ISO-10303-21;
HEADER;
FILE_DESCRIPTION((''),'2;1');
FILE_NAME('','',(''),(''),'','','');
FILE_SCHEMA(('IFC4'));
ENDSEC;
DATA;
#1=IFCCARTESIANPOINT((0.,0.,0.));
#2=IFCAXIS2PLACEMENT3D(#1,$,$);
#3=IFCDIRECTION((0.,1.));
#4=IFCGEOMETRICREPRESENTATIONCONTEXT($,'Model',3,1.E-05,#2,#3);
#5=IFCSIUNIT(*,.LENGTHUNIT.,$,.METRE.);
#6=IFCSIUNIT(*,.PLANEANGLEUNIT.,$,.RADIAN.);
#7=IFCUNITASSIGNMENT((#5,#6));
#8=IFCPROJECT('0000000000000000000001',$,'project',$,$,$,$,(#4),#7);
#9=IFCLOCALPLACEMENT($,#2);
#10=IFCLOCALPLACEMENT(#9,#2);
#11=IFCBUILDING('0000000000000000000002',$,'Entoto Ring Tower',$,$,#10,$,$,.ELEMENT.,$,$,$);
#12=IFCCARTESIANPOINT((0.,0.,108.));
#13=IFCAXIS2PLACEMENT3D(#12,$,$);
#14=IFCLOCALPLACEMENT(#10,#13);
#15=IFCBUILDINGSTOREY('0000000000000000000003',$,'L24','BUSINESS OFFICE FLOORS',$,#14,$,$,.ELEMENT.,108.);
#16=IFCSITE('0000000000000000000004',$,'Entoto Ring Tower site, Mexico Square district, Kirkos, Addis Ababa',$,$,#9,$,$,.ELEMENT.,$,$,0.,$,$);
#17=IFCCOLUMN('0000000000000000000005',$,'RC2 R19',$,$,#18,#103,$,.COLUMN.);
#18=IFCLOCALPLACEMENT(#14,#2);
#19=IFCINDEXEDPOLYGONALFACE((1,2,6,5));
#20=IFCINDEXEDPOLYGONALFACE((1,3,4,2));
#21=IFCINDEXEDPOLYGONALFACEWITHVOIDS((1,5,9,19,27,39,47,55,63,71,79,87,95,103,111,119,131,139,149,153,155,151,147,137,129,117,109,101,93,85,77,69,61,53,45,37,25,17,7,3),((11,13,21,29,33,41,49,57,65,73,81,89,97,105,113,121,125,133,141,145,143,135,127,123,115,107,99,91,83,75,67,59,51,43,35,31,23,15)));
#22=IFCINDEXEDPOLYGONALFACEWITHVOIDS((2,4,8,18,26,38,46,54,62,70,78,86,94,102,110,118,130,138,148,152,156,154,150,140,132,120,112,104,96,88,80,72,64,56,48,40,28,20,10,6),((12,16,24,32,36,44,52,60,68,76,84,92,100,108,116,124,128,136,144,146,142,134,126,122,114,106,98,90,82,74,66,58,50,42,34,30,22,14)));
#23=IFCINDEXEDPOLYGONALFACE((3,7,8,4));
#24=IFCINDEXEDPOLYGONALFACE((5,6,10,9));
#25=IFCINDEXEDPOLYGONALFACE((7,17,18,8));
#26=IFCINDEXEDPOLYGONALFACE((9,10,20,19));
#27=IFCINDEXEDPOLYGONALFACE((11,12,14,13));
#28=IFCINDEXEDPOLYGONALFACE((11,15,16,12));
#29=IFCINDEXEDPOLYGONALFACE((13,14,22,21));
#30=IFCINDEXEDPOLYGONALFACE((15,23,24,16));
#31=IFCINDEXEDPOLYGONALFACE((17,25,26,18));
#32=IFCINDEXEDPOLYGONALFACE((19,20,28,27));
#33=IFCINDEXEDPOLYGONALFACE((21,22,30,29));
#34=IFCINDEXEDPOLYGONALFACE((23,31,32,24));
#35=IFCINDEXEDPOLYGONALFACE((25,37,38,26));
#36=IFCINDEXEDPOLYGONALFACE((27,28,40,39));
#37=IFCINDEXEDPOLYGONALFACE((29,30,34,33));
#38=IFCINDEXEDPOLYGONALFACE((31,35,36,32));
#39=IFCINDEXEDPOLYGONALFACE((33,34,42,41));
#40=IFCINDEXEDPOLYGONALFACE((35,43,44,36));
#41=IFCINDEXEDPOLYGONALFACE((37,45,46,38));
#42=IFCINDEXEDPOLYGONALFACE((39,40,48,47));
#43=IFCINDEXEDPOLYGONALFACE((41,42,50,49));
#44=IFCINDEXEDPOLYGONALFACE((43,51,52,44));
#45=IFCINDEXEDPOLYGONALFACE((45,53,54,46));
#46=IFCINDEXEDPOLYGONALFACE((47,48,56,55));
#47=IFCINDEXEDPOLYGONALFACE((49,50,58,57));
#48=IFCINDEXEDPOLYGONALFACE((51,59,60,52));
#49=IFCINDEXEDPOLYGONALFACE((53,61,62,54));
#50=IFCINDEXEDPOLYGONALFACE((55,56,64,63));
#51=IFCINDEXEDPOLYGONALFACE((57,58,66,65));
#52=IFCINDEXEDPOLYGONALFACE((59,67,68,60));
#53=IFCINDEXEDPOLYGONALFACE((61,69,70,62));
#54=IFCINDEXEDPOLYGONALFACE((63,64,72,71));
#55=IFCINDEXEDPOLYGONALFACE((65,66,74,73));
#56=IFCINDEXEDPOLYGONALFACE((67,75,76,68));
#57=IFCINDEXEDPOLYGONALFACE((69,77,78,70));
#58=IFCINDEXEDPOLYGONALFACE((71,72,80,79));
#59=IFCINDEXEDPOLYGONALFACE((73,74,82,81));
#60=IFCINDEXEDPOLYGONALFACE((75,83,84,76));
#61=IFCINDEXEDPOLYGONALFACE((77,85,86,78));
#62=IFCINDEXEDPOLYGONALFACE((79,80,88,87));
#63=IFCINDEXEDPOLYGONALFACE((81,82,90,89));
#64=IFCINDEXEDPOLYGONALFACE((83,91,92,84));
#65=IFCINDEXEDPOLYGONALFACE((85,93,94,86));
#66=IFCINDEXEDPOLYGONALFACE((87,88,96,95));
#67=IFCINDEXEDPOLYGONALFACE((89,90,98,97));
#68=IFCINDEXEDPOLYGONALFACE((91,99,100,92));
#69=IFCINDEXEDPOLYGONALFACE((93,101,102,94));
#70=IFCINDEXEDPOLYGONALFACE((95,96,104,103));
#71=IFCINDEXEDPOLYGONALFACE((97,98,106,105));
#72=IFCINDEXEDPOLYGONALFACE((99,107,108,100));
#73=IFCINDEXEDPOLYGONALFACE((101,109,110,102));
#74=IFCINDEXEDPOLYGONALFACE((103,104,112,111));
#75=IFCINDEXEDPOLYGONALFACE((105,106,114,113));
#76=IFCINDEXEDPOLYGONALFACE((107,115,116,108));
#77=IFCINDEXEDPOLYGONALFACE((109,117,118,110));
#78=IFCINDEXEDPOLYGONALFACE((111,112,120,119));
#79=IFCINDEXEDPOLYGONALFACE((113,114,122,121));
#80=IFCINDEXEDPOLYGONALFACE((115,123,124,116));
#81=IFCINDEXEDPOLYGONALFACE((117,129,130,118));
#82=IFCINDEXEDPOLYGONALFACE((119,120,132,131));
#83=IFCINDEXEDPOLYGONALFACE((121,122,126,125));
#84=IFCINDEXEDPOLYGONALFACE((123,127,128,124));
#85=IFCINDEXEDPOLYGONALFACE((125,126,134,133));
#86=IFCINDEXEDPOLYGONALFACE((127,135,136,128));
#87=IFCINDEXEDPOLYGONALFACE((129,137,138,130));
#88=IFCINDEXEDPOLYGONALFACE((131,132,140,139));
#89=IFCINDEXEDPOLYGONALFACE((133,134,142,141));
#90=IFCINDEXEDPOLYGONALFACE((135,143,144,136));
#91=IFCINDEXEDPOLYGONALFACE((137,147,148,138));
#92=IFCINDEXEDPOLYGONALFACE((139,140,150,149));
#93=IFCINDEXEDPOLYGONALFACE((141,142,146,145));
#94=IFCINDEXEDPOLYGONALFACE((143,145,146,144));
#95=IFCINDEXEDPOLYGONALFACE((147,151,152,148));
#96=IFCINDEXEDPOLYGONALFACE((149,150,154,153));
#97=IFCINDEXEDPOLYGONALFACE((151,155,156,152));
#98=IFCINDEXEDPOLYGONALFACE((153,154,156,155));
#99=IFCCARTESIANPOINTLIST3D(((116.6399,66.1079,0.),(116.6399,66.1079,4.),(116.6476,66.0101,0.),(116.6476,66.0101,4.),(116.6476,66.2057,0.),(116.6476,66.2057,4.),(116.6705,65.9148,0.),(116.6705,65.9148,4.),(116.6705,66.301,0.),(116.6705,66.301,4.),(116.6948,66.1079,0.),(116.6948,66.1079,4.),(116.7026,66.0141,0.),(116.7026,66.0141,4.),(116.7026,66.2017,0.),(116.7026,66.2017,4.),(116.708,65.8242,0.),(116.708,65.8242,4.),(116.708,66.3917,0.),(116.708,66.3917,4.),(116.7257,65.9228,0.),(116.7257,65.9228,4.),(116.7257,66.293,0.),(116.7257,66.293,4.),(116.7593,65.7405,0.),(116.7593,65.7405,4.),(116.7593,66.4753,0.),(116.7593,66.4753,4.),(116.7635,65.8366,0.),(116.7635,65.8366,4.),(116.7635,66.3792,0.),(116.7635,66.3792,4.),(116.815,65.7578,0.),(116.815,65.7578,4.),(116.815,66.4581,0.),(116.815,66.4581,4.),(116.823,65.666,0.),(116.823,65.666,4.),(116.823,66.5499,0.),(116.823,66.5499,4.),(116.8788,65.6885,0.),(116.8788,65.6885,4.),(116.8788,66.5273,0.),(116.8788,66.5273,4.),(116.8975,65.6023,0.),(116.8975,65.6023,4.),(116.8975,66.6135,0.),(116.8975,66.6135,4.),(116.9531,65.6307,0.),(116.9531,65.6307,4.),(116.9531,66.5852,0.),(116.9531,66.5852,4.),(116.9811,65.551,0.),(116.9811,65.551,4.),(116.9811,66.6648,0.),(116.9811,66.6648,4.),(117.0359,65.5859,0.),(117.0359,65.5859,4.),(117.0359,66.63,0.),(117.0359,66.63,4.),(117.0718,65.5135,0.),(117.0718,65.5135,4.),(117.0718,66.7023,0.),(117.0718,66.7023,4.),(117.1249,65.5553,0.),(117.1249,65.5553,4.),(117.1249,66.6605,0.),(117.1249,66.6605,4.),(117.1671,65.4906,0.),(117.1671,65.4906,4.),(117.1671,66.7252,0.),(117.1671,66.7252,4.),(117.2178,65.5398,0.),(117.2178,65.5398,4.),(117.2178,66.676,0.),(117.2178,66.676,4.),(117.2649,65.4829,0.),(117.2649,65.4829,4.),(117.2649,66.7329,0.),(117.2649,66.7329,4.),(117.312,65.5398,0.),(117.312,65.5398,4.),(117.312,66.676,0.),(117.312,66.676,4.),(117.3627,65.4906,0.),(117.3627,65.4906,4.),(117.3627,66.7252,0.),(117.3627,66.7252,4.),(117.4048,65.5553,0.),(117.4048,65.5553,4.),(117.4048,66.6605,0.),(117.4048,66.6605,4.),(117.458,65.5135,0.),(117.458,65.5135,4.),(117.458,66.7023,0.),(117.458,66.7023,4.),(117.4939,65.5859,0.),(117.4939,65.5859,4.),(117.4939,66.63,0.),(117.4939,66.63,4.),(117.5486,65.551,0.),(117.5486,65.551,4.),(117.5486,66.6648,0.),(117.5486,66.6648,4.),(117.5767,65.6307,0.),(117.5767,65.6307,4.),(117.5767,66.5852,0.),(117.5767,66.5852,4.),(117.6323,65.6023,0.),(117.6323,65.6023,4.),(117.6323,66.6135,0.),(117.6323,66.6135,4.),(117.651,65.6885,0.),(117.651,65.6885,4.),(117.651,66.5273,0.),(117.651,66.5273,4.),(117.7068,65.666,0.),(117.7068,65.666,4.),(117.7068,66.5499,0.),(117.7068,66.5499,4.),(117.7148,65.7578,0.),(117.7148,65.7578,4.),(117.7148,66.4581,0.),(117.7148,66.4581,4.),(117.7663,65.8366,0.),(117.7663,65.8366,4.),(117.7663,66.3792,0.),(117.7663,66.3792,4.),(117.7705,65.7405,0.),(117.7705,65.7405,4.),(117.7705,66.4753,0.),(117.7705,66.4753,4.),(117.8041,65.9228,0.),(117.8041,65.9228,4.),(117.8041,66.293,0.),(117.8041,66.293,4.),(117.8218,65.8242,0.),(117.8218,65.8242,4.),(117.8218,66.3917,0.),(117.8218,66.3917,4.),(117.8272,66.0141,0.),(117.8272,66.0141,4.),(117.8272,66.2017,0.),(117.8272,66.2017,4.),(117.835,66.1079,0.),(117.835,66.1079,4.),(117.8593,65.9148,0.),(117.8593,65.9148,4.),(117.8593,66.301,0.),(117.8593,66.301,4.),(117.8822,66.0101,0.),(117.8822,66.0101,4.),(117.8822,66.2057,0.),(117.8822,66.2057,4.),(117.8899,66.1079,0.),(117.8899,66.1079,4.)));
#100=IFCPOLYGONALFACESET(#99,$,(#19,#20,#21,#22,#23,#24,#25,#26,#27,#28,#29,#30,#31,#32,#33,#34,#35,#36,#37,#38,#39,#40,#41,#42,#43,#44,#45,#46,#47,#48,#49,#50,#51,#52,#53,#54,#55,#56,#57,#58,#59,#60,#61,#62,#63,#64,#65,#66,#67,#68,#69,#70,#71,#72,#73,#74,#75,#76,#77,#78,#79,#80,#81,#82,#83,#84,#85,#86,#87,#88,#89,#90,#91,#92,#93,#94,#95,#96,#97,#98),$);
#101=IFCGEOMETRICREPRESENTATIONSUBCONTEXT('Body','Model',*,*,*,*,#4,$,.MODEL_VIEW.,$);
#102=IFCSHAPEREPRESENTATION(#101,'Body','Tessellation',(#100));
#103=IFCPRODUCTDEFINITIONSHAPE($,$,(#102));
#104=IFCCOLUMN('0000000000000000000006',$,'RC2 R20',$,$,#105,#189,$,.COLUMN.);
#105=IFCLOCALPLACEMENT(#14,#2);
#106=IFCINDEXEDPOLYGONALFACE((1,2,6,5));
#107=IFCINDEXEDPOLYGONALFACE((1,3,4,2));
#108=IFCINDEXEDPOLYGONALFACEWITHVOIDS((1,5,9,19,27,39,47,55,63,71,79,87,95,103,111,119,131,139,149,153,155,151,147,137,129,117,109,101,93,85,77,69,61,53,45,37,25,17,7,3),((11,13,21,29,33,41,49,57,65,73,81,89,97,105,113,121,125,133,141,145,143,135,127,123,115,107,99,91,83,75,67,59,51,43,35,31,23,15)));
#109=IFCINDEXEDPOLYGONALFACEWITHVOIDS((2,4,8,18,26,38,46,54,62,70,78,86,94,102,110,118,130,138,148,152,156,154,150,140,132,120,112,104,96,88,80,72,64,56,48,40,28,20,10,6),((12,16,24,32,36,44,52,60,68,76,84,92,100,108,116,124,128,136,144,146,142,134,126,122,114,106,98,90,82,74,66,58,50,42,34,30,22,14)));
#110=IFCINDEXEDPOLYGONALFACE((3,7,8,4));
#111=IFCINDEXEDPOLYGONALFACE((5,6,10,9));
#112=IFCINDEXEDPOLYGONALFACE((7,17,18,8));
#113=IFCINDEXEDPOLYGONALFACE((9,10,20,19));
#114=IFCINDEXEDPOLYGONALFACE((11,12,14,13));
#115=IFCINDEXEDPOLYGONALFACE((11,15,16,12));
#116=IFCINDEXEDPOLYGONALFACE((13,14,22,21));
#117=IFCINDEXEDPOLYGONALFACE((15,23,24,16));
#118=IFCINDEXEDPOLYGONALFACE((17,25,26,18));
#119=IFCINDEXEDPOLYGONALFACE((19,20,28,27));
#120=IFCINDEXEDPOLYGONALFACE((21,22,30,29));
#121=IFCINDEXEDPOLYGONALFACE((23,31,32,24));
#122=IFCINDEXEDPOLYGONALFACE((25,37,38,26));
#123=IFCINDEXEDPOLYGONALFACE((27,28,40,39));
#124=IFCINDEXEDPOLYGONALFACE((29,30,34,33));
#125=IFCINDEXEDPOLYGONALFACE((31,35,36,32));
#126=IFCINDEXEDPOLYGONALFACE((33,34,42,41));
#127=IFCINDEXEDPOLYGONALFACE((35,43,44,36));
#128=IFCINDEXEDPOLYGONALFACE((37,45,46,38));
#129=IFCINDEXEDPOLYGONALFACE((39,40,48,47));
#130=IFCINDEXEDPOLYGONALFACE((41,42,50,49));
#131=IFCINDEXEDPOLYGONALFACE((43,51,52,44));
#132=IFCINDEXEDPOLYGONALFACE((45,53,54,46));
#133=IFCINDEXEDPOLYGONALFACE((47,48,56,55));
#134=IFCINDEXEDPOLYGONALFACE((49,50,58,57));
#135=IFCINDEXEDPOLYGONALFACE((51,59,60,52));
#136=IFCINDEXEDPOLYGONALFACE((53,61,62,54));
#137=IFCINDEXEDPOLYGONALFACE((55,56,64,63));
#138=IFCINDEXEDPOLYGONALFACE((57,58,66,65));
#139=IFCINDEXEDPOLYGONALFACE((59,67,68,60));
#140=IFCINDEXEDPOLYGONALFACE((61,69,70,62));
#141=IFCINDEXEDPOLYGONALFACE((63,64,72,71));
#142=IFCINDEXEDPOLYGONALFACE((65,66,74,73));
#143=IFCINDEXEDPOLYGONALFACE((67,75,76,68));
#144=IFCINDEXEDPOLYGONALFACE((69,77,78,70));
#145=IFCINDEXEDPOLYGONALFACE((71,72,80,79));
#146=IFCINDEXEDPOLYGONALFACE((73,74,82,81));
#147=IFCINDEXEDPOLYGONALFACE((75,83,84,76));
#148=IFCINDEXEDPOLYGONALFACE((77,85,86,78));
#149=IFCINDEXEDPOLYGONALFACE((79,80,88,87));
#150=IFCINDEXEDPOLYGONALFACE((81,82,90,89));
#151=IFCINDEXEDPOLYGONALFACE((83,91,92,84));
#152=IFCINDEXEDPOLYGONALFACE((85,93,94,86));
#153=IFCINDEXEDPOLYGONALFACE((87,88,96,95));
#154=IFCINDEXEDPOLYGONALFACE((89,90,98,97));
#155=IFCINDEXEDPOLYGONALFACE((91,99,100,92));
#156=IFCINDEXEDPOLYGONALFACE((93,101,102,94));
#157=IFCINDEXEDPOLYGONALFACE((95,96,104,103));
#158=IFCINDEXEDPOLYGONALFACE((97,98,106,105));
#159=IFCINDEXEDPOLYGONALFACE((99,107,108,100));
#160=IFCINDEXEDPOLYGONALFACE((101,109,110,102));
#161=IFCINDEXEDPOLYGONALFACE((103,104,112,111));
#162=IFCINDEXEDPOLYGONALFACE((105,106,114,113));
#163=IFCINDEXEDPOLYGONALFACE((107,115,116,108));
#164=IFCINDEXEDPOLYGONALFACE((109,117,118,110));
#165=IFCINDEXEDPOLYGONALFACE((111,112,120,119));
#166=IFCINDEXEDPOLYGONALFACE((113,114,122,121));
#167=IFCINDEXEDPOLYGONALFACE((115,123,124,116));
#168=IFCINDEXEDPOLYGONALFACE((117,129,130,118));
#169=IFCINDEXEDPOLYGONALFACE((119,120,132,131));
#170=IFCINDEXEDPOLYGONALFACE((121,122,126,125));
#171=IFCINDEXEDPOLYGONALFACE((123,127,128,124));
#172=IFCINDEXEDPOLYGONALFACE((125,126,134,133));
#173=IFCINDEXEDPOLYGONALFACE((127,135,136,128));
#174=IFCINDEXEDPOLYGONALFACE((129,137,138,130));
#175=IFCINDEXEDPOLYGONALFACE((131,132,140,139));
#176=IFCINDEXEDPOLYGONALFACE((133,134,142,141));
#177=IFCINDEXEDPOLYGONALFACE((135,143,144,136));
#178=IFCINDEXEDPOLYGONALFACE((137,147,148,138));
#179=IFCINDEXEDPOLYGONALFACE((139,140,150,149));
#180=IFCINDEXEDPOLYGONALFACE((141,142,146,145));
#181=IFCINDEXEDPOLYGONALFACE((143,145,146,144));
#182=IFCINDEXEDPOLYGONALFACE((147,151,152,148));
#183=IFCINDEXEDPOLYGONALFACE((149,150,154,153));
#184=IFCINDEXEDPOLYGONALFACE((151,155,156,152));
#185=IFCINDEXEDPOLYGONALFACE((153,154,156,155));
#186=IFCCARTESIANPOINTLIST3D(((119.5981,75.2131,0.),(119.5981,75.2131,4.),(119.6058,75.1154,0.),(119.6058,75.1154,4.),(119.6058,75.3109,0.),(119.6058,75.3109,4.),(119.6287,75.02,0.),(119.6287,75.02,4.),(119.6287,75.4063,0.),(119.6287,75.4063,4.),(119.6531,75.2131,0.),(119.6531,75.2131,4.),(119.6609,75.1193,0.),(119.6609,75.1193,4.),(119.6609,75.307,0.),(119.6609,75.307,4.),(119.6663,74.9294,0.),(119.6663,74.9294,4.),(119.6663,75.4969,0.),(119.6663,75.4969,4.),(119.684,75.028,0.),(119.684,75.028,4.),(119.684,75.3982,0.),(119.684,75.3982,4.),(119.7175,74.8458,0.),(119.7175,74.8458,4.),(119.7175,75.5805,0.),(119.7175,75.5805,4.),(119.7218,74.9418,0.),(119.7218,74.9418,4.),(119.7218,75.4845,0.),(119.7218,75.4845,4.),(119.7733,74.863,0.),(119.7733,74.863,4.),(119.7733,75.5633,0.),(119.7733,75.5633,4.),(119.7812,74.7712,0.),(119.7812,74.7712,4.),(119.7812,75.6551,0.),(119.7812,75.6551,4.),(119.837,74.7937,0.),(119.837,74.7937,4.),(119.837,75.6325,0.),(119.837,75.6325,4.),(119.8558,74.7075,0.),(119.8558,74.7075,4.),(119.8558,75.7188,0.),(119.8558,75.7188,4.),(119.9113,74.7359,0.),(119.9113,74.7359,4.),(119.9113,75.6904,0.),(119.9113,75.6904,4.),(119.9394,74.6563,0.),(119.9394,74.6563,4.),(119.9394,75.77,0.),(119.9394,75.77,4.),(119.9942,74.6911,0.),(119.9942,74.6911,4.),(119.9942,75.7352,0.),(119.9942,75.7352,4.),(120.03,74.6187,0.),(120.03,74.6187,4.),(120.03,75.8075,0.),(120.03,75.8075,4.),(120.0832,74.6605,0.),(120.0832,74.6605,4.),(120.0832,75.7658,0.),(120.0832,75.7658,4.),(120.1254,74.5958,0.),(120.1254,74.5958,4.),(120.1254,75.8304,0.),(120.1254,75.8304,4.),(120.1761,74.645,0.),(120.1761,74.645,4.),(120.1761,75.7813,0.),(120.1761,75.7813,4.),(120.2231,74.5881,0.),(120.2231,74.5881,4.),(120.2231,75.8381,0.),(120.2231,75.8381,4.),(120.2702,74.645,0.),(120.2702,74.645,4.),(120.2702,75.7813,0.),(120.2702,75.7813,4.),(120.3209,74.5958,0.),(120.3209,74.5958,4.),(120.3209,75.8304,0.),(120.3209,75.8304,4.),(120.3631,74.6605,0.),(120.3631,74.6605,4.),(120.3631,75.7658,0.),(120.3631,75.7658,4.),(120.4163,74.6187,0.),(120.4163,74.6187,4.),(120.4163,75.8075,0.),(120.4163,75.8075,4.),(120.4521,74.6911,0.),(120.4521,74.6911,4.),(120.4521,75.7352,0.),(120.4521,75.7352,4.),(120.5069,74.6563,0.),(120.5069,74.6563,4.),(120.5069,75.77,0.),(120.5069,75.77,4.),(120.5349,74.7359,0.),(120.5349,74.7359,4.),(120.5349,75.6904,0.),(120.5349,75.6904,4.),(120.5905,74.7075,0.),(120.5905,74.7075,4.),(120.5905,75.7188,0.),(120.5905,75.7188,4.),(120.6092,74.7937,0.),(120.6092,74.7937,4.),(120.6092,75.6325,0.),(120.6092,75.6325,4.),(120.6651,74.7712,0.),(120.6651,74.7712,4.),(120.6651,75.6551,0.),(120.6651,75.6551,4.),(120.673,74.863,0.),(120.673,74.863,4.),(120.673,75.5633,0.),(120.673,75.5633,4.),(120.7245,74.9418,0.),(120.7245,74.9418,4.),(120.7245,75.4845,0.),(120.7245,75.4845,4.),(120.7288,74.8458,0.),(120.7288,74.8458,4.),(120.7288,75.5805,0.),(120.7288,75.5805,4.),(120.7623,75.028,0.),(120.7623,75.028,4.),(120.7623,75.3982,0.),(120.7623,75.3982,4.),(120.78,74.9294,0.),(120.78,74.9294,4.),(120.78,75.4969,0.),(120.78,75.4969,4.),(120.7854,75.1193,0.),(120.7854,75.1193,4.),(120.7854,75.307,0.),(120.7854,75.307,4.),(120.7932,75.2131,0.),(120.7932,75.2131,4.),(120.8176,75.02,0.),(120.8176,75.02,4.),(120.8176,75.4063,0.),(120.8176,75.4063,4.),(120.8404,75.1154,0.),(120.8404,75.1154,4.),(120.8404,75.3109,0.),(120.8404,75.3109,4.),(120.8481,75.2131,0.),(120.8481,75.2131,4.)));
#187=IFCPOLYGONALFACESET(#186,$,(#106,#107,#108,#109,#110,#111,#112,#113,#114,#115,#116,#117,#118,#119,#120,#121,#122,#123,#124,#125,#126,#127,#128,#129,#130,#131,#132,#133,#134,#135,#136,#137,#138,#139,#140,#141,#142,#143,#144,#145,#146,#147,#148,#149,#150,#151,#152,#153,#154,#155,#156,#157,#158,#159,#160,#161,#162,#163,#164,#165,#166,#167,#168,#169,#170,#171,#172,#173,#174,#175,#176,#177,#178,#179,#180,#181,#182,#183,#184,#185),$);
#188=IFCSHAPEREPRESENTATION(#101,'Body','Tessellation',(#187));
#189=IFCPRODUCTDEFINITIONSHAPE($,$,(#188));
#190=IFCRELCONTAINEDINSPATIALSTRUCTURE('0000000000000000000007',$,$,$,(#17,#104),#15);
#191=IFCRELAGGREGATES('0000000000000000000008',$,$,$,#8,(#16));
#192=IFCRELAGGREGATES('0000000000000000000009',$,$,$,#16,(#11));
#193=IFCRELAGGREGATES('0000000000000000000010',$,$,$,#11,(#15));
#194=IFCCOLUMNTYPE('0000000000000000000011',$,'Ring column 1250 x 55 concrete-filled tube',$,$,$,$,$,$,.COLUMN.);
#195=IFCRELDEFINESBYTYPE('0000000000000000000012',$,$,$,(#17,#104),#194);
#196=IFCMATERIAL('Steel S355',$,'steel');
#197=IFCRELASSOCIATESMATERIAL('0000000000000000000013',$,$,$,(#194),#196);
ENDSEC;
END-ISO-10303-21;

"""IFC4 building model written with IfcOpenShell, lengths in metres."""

from ifc_helpers import new_model, si_unit, direction, frame, origin, origin_2d, place, context, subcontext, project, spatial, circle, hollow_circle, extrude, material, material_profile, profile_set, type_object, element, save


model = new_model("IFC4")

# Units and contexts
model_context = context("Model", 3, precision=1e-05, world=origin(), true_north=direction((0.0, 1.0)))
body_context = subcontext(model_context, "Body", "Model", "MODEL_VIEW")
ifc_project = project(units=[si_unit("LENGTHUNIT", "METRE"), si_unit("PLANEANGLEUNIT", "RADIAN")], contexts=[model_context])

# Site, building, storey
site_placement = place(None, origin())
site = spatial("IfcSite", under=ifc_project, at=site_placement, Name="Entoto Ring Tower site, Mexico Square district, Kirkos, Addis Ababa", CompositionType="ELEMENT", RefElevation=0.0)
building_placement = place(site_placement, origin())
building = spatial("IfcBuilding", under=site, at=building_placement, Name="Entoto Ring Tower", CompositionType="ELEMENT")
storey_placement = place(building_placement, frame((0.0, 0.0, 108.0)))
storey = spatial("IfcBuildingStorey", under=building, at=storey_placement, Name="L24", Description="BUSINESS OFFICE FLOORS", CompositionType="ELEMENT", Elevation=108.0)

# Columns
ifc_material_1 = material(Name="Steel S355", Category="steel")
ifc_material_profile_1 = material_profile(ifc_material_1, hollow_circle(Radius=0.625, WallThickness=0.0549, at=origin_2d()), Name="CHS 1250 x 55")
ifc_material_2 = material(Name="Concrete C60/75", Category="concrete")
ifc_material_profile_2 = material_profile(ifc_material_2, circle(Radius=0.5701, at=origin_2d()), Name="Concrete C60/75 infill")
ifc_profile_set_1 = profile_set([ifc_material_profile_1, ifc_material_profile_2], Name="Steel S355")
column_type = type_object("IfcColumnType", Name="Ring column 1250 x 55 concrete-filled tube", PredefinedType="COLUMN", material=ifc_profile_set_1)
for number, where, z_axis, x_axis, name in (
    (1, (117.2649, 66.1079, 0.0), (0.0, 0.0, 1.0), (1.0, 0.0, 0.0), "RC2 R19"),
    (2, (120.2231, 75.2131, 0.0), (0.0, 0.0, 1.0), (1.0, 0.0, 0.0), "RC2 R20"),
):
    element("IfcColumn", number, at=place(storey_placement, frame(where, z_axis=z_axis, x_axis=x_axis)), inside=storey, type_object=column_type, Name=name, PredefinedType="COLUMN", context=body_context, shape_type="SweptSolid", body=[
        extrude(hollow_circle(Radius=0.625, WallThickness=0.0549, at=origin_2d()), origin(), (0.0, 0.0, 1.0), 4.0),
    ])

save(model, "model.ifc")
